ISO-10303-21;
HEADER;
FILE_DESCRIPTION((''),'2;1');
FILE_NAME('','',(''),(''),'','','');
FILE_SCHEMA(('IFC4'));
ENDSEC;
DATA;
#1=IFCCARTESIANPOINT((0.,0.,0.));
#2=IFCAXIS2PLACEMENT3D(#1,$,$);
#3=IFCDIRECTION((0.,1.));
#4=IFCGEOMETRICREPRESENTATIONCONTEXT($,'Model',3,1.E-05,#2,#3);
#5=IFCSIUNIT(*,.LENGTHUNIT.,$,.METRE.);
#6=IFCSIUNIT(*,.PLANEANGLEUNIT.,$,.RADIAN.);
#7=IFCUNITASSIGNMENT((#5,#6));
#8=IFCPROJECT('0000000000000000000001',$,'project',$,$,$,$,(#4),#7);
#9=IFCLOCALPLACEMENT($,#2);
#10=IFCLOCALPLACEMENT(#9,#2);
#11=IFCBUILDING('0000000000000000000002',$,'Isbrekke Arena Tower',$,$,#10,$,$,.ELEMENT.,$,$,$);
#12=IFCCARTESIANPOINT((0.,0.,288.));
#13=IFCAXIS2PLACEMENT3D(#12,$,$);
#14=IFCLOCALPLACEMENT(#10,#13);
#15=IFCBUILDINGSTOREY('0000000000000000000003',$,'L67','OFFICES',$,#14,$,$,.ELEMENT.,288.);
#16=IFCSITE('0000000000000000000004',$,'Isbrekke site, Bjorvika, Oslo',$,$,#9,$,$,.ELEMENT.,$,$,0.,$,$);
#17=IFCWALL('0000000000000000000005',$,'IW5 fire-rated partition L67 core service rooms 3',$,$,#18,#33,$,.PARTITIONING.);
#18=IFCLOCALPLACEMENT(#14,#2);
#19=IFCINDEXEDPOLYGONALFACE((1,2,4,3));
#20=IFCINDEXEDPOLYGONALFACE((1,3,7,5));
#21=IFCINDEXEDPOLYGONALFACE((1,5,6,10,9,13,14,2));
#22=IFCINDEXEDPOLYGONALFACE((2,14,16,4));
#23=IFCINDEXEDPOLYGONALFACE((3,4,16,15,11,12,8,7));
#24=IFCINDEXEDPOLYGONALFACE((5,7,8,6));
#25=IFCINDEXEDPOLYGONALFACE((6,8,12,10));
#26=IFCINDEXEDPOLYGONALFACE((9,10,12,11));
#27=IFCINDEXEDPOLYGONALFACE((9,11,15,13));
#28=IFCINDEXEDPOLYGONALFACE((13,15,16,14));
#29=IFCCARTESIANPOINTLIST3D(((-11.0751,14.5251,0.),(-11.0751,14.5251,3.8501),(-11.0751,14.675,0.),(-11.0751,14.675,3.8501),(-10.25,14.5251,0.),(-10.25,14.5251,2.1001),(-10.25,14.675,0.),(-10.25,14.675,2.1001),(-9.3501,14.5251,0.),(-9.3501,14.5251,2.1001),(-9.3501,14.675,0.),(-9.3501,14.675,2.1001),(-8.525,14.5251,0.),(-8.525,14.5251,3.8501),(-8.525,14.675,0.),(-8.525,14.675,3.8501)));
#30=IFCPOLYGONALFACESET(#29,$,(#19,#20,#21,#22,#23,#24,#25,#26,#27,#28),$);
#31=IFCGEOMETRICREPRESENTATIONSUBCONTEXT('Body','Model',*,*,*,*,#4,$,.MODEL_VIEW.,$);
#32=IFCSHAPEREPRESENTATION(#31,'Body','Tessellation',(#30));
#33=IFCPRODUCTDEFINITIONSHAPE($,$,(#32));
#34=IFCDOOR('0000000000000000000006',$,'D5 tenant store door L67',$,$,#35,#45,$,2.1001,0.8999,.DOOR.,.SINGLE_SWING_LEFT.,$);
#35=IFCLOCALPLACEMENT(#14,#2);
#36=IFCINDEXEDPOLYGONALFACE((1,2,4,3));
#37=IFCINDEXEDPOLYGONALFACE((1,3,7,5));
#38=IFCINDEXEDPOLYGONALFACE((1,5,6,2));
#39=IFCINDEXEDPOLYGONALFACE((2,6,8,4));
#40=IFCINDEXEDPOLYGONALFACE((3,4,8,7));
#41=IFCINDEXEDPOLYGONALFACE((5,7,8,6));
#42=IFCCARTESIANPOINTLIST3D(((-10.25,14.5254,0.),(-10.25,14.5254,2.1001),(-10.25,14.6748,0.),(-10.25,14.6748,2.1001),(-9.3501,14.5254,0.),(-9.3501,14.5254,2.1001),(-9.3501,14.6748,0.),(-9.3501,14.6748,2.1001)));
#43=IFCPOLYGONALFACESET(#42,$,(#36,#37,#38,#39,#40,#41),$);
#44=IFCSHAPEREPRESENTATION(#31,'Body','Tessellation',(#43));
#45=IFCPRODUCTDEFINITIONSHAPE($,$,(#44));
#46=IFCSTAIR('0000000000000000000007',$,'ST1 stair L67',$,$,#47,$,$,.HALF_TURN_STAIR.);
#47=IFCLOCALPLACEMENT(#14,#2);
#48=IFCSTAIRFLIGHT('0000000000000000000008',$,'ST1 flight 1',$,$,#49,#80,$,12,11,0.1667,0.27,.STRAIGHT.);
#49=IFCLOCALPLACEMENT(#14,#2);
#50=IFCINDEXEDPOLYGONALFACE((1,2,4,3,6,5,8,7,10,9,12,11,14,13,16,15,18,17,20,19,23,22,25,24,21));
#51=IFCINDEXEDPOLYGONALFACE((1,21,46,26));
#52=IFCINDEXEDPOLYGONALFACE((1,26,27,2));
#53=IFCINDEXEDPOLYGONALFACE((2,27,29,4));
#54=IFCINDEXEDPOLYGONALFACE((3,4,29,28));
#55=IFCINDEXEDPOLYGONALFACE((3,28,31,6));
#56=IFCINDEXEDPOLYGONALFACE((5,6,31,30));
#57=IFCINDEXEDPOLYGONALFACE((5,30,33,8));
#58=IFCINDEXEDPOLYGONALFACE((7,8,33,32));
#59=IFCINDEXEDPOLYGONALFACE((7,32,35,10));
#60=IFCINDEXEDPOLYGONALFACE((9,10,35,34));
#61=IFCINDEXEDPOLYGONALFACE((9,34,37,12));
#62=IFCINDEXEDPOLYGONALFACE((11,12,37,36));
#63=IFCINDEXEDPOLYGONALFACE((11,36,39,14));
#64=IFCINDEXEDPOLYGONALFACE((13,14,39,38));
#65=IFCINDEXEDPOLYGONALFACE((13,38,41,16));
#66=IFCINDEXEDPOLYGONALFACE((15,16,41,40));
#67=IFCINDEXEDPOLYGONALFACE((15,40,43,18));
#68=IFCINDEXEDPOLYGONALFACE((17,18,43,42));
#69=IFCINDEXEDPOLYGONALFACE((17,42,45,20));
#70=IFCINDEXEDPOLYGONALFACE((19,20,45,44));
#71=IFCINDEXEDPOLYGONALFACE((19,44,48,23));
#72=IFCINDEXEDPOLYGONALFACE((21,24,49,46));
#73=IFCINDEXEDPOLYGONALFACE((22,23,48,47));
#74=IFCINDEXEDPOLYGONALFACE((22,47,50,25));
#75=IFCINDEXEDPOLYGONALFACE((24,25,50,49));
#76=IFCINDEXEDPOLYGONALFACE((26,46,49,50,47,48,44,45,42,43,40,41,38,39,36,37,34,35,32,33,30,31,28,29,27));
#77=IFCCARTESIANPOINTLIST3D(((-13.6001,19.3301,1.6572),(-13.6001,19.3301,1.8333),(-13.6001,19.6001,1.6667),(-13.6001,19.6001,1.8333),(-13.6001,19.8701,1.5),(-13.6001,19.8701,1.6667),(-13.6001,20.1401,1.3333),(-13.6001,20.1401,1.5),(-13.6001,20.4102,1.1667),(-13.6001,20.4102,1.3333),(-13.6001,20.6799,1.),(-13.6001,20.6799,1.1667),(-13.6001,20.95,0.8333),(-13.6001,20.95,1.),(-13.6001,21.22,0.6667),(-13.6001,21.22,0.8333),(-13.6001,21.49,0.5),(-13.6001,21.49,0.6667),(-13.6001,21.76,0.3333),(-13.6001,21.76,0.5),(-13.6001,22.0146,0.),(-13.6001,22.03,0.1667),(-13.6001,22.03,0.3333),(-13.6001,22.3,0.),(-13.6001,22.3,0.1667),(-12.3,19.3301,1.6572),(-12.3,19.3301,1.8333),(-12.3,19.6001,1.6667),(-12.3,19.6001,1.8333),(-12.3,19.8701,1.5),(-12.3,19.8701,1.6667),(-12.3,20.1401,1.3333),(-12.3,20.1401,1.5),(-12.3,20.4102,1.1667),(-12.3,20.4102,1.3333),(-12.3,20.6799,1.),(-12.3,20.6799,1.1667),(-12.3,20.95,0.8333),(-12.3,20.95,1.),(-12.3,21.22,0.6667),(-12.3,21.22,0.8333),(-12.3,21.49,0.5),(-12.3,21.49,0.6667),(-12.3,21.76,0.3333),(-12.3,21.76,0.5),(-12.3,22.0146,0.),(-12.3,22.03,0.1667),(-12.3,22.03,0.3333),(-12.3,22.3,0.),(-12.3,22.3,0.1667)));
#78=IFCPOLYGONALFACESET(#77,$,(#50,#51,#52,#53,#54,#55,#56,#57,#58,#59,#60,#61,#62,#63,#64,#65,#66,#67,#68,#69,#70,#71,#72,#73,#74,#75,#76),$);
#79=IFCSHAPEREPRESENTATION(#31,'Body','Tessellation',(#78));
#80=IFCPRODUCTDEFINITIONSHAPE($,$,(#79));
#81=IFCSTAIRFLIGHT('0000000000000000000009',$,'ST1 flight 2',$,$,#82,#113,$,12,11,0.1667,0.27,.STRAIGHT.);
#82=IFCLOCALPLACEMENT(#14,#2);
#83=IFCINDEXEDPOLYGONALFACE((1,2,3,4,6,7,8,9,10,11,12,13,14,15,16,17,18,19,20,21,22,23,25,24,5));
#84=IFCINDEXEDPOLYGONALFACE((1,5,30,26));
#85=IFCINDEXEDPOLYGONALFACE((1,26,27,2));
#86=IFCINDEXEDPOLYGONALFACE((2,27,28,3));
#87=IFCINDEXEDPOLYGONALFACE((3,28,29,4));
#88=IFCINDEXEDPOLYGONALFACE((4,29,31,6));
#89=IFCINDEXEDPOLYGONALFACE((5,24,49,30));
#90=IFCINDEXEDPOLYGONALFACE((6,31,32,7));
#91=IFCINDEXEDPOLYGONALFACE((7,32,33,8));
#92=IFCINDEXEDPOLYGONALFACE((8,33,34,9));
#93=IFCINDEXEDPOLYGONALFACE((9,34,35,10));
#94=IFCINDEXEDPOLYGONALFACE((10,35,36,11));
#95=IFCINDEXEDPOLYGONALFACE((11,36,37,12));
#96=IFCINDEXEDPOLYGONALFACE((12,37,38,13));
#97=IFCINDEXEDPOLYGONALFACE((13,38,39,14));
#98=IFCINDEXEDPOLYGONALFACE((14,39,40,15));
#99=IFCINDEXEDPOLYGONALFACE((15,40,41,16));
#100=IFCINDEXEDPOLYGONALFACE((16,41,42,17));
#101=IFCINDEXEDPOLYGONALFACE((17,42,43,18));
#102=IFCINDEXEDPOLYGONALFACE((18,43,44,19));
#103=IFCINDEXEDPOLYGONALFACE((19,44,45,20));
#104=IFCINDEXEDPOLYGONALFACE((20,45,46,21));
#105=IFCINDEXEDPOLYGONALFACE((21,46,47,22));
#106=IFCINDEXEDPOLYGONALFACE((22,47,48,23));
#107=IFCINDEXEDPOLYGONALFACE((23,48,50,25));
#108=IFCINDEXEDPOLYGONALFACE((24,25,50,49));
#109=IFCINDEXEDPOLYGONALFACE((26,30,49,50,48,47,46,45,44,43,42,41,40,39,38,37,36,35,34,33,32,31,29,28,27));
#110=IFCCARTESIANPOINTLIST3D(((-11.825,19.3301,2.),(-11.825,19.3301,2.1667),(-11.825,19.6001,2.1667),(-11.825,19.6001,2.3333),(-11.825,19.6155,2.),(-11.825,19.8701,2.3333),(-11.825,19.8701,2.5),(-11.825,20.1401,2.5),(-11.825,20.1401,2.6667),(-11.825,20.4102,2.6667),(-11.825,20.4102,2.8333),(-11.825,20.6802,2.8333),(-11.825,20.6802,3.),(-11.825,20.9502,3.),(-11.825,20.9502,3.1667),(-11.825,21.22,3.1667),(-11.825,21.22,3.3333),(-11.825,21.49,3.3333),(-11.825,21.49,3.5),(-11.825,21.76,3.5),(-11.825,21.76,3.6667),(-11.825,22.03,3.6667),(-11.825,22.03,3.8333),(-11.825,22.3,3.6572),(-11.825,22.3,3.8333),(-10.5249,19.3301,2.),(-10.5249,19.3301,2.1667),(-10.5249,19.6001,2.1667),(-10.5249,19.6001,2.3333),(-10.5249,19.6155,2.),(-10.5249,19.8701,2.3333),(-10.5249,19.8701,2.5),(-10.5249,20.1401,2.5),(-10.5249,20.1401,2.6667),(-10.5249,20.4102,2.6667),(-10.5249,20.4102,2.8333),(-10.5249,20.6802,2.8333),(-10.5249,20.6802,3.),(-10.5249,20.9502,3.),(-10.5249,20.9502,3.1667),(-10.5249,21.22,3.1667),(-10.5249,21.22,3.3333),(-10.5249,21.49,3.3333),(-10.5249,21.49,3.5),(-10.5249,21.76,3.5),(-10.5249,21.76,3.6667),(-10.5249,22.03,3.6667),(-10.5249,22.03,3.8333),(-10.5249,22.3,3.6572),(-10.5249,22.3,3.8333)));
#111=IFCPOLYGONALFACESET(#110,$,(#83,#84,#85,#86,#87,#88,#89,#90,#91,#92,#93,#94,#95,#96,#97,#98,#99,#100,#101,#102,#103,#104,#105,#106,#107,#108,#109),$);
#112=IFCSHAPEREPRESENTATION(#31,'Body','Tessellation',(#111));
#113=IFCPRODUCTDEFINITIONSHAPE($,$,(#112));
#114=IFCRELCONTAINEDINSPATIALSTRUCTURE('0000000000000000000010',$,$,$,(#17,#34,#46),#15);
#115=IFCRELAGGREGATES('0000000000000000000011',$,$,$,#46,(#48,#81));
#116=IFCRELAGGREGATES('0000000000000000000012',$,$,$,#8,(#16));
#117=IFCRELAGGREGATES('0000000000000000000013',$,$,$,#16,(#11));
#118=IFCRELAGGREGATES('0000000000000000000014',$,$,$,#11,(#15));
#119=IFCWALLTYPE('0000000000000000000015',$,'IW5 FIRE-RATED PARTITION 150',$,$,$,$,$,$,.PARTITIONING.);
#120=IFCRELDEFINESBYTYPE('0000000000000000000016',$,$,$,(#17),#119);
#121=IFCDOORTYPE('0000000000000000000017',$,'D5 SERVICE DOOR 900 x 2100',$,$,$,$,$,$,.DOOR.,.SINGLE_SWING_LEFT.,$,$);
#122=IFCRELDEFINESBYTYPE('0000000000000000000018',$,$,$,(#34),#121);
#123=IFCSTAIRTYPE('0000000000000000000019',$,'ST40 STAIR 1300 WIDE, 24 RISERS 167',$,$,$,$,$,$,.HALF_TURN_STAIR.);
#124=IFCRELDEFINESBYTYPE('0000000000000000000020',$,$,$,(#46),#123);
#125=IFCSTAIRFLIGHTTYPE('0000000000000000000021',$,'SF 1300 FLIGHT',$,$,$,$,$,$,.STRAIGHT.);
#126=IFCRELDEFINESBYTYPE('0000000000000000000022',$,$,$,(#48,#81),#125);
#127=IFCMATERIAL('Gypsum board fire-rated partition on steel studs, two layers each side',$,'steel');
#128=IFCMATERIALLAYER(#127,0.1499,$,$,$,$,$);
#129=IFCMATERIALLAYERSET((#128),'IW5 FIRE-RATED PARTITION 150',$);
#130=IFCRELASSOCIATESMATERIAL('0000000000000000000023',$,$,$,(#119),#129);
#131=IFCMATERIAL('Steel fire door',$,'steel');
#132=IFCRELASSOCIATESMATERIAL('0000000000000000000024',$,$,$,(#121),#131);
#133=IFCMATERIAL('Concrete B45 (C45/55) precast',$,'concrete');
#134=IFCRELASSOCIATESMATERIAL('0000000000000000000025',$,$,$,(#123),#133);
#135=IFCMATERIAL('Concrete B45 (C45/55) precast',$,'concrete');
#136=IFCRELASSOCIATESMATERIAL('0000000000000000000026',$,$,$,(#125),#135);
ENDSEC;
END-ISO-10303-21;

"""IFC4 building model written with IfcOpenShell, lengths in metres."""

from ifc_helpers import new_model, si_unit, direction, frame, frame_2d, origin, place, context, subcontext, project, spatial, polyline, rectangle, outline, extrude, material, layer, layer_set, type_object, element, fill, aggregate, save


model = new_model("IFC4")

# Units and contexts
model_context = context("Model", 3, precision=1e-05, world=origin(), true_north=direction((0.0, 1.0)))
body_context = subcontext(model_context, "Body", "Model", "MODEL_VIEW")
ifc_project = project(units=[si_unit("LENGTHUNIT", "METRE"), si_unit("PLANEANGLEUNIT", "RADIAN")], contexts=[model_context])

# Site, building, storey
site_placement = place(None, origin())
site = spatial("IfcSite", under=ifc_project, at=site_placement, Name="Isbrekke site, Bjorvika, Oslo", CompositionType="ELEMENT", RefElevation=0.0)
building_placement = place(site_placement, origin())
building = spatial("IfcBuilding", under=site, at=building_placement, Name="Isbrekke Arena Tower", CompositionType="ELEMENT")
storey_placement = place(building_placement, frame((0.0, 0.0, 288.0)))
storey = spatial("IfcBuildingStorey", under=building, at=storey_placement, Name="L67", Description="OFFICES", CompositionType="ELEMENT", Elevation=288.0)

# Wall, opening, door
ifc_material_1 = material(Name="Gypsum board fire-rated partition on steel studs, two layers each side", Category="steel")
ifc_layer_1 = layer(ifc_material_1, 0.1499)
ifc_layer_set_1 = layer_set([ifc_layer_1], Name="IW5 FIRE-RATED PARTITION 150")
wall_type_1 = type_object("IfcWallType", Name="IW5 FIRE-RATED PARTITION 150", PredefinedType="PARTITIONING", material=ifc_layer_set_1)
wall_1_placement = place(storey_placement, frame((-11.075, 14.6001, 0.0), z_axis=(0.0, 0.0, 1.0), x_axis=(1.0, 0.0, 0.0)))
wall_1 = element("IfcWall", 1, at=wall_1_placement, inside=storey, type_object=wall_type_1, Name="IW5 fire-rated partition L67 core service rooms 3", PredefinedType="PARTITIONING", context=body_context, shape_type="SweptSolid", body=[
    extrude(rectangle(XDim=2.55, YDim=0.1499, at=frame_2d((1.2749, 0.0))), origin(), (0.0, 0.0, 1.0), 3.8501),
])
opening_1_placement = place(wall_1_placement, frame((0.825, 0.0, 0.0)))
opening_1 = element("IfcOpeningElement", 2, at=opening_1_placement, cuts=wall_1, PredefinedType="OPENING", context=body_context, shape_type="SweptSolid", body=[
    extrude(rectangle(XDim=0.8999, YDim=2.1001, at=frame_2d((0.45, 1.05))), frame((0.0, 0.0898, 0.0), z_axis=(0.0, -1.0, 0.0), x_axis=(1.0, 0.0, 0.0)), (0.0, 0.0, 1.0), 0.1797),
])
ifc_material_2 = material(Name="Steel fire door", Category="steel")
door_type_1 = type_object("IfcDoorType", Name="D5 SERVICE DOOR 900 x 2100", OperationType="SINGLE_SWING_LEFT", PredefinedType="DOOR", material=ifc_material_2)
door_1_placement = place(opening_1_placement, origin())
door_1 = element("IfcDoor", 3, at=door_1_placement, inside=storey, type_object=door_type_1, Name="D5 tenant store door L67", OperationType="SINGLE_SWING_LEFT", OverallHeight=2.1001, OverallWidth=0.8999, PredefinedType="DOOR", context=body_context, shape_type="SweptSolid", body=[
    extrude(rectangle(XDim=0.8999, YDim=2.1001, at=frame_2d((0.45, 1.05))), frame((0.0, 0.0747, 0.0), z_axis=(0.0, -1.0, 0.0), x_axis=(1.0, 0.0, 0.0)), (0.0, 0.0, 1.0), 0.1494),
])
fill(opening_1, door_1)

# Stair, stair flights
ifc_material_3 = material(Name="Concrete B45 (C45/55) precast", Category="concrete")
stair_type = type_object("IfcStairType", Name="ST40 STAIR 1300 WIDE, 24 RISERS 167", PredefinedType="HALF_TURN_STAIR", material=ifc_material_3)
stair_placement = place(storey_placement, origin())
stair = element("IfcStair", 4, at=stair_placement, inside=storey, type_object=stair_type, Name="ST1 stair L67", PredefinedType="HALF_TURN_STAIR")
ifc_material_4 = material(Name="Concrete B45 (C45/55) precast", Category="concrete")
stair_flight_type = type_object("IfcStairFlightType", Name="SF 1300 FLIGHT", PredefinedType="STRAIGHT", material=ifc_material_4)
stair_flight_1_placement = place(storey_placement, frame((-12.95, 22.3, 0.0), z_axis=(0.0, 0.0, 1.0), x_axis=(0.0, -1.0, 0.0)))
stair_flight_1 = element("IfcStairFlight", 5, at=stair_flight_1_placement, type_object=stair_flight_type, Name="ST1 flight 1", NumberOfRisers=12, NumberOfTreads=11, PredefinedType="STRAIGHT", RiserHeight=0.1667, TreadLength=0.27, context=body_context, shape_type="SweptSolid", body=[
    extrude(outline(polyline([(0.0, 0.0), (0.0, 0.1667), (0.27, 0.1667), (0.27, 0.3333), (0.54, 0.3333), (0.54, 0.5), (0.8101, 0.5), (0.8101, 0.6667), (1.0801, 0.6667), (1.0801, 0.8333), (1.3501, 0.8333), (1.3501, 1.0), (1.6201, 1.0), (1.6201, 1.1667), (1.8899, 1.1667), (1.8899, 1.3333), (2.1599, 1.3333), (2.1599, 1.5), (2.4299, 1.5), (2.4299, 1.6667), (2.7, 1.6667), (2.7, 1.8333), (2.97, 1.8333), (2.97, 2.0), (2.97, 1.6572), (0.2854, 0.0), (0.0, 0.0)])), frame((0.0, 0.6499, 0.0), z_axis=(0.0, -1.0, 0.0), x_axis=(1.0, 0.0, 0.0)), (0.0, 0.0, 1.0), 1.3),
])
stair_flight_2_placement = place(storey_placement, frame((-11.175, 19.3301, 2.0), z_axis=(0.0, 0.0, 1.0), x_axis=(0.0, 1.0, 0.0)))
stair_flight_2 = element("IfcStairFlight", 6, at=stair_flight_2_placement, type_object=stair_flight_type, Name="ST1 flight 2", NumberOfRisers=12, NumberOfTreads=11, PredefinedType="STRAIGHT", RiserHeight=0.1667, TreadLength=0.27, context=body_context, shape_type="SweptSolid", body=[
    extrude(outline(polyline([(0.0, 0.0), (0.0, 0.1667), (0.27, 0.1667), (0.27, 0.3333), (0.54, 0.3333), (0.54, 0.5), (0.8101, 0.5), (0.8101, 0.6667), (1.0801, 0.6667), (1.0801, 0.8333), (1.3501, 0.8333), (1.3501, 1.0), (1.6201, 1.0), (1.6201, 1.1667), (1.8899, 1.1667), (1.8899, 1.3333), (2.1599, 1.3333), (2.1599, 1.5), (2.4299, 1.5), (2.4299, 1.6667), (2.7, 1.6667), (2.7, 1.8333), (2.97, 1.8333), (2.97, 2.0), (2.97, 1.6572), (0.2854, 0.0), (0.0, 0.0)])), frame((0.0, 0.6499, 0.0), z_axis=(0.0, -1.0, 0.0), x_axis=(1.0, 0.0, 0.0)), (0.0, 0.0, 1.0), 1.3),
])
aggregate(stair, [stair_flight_1, stair_flight_2])

save(model, "model.ifc")
